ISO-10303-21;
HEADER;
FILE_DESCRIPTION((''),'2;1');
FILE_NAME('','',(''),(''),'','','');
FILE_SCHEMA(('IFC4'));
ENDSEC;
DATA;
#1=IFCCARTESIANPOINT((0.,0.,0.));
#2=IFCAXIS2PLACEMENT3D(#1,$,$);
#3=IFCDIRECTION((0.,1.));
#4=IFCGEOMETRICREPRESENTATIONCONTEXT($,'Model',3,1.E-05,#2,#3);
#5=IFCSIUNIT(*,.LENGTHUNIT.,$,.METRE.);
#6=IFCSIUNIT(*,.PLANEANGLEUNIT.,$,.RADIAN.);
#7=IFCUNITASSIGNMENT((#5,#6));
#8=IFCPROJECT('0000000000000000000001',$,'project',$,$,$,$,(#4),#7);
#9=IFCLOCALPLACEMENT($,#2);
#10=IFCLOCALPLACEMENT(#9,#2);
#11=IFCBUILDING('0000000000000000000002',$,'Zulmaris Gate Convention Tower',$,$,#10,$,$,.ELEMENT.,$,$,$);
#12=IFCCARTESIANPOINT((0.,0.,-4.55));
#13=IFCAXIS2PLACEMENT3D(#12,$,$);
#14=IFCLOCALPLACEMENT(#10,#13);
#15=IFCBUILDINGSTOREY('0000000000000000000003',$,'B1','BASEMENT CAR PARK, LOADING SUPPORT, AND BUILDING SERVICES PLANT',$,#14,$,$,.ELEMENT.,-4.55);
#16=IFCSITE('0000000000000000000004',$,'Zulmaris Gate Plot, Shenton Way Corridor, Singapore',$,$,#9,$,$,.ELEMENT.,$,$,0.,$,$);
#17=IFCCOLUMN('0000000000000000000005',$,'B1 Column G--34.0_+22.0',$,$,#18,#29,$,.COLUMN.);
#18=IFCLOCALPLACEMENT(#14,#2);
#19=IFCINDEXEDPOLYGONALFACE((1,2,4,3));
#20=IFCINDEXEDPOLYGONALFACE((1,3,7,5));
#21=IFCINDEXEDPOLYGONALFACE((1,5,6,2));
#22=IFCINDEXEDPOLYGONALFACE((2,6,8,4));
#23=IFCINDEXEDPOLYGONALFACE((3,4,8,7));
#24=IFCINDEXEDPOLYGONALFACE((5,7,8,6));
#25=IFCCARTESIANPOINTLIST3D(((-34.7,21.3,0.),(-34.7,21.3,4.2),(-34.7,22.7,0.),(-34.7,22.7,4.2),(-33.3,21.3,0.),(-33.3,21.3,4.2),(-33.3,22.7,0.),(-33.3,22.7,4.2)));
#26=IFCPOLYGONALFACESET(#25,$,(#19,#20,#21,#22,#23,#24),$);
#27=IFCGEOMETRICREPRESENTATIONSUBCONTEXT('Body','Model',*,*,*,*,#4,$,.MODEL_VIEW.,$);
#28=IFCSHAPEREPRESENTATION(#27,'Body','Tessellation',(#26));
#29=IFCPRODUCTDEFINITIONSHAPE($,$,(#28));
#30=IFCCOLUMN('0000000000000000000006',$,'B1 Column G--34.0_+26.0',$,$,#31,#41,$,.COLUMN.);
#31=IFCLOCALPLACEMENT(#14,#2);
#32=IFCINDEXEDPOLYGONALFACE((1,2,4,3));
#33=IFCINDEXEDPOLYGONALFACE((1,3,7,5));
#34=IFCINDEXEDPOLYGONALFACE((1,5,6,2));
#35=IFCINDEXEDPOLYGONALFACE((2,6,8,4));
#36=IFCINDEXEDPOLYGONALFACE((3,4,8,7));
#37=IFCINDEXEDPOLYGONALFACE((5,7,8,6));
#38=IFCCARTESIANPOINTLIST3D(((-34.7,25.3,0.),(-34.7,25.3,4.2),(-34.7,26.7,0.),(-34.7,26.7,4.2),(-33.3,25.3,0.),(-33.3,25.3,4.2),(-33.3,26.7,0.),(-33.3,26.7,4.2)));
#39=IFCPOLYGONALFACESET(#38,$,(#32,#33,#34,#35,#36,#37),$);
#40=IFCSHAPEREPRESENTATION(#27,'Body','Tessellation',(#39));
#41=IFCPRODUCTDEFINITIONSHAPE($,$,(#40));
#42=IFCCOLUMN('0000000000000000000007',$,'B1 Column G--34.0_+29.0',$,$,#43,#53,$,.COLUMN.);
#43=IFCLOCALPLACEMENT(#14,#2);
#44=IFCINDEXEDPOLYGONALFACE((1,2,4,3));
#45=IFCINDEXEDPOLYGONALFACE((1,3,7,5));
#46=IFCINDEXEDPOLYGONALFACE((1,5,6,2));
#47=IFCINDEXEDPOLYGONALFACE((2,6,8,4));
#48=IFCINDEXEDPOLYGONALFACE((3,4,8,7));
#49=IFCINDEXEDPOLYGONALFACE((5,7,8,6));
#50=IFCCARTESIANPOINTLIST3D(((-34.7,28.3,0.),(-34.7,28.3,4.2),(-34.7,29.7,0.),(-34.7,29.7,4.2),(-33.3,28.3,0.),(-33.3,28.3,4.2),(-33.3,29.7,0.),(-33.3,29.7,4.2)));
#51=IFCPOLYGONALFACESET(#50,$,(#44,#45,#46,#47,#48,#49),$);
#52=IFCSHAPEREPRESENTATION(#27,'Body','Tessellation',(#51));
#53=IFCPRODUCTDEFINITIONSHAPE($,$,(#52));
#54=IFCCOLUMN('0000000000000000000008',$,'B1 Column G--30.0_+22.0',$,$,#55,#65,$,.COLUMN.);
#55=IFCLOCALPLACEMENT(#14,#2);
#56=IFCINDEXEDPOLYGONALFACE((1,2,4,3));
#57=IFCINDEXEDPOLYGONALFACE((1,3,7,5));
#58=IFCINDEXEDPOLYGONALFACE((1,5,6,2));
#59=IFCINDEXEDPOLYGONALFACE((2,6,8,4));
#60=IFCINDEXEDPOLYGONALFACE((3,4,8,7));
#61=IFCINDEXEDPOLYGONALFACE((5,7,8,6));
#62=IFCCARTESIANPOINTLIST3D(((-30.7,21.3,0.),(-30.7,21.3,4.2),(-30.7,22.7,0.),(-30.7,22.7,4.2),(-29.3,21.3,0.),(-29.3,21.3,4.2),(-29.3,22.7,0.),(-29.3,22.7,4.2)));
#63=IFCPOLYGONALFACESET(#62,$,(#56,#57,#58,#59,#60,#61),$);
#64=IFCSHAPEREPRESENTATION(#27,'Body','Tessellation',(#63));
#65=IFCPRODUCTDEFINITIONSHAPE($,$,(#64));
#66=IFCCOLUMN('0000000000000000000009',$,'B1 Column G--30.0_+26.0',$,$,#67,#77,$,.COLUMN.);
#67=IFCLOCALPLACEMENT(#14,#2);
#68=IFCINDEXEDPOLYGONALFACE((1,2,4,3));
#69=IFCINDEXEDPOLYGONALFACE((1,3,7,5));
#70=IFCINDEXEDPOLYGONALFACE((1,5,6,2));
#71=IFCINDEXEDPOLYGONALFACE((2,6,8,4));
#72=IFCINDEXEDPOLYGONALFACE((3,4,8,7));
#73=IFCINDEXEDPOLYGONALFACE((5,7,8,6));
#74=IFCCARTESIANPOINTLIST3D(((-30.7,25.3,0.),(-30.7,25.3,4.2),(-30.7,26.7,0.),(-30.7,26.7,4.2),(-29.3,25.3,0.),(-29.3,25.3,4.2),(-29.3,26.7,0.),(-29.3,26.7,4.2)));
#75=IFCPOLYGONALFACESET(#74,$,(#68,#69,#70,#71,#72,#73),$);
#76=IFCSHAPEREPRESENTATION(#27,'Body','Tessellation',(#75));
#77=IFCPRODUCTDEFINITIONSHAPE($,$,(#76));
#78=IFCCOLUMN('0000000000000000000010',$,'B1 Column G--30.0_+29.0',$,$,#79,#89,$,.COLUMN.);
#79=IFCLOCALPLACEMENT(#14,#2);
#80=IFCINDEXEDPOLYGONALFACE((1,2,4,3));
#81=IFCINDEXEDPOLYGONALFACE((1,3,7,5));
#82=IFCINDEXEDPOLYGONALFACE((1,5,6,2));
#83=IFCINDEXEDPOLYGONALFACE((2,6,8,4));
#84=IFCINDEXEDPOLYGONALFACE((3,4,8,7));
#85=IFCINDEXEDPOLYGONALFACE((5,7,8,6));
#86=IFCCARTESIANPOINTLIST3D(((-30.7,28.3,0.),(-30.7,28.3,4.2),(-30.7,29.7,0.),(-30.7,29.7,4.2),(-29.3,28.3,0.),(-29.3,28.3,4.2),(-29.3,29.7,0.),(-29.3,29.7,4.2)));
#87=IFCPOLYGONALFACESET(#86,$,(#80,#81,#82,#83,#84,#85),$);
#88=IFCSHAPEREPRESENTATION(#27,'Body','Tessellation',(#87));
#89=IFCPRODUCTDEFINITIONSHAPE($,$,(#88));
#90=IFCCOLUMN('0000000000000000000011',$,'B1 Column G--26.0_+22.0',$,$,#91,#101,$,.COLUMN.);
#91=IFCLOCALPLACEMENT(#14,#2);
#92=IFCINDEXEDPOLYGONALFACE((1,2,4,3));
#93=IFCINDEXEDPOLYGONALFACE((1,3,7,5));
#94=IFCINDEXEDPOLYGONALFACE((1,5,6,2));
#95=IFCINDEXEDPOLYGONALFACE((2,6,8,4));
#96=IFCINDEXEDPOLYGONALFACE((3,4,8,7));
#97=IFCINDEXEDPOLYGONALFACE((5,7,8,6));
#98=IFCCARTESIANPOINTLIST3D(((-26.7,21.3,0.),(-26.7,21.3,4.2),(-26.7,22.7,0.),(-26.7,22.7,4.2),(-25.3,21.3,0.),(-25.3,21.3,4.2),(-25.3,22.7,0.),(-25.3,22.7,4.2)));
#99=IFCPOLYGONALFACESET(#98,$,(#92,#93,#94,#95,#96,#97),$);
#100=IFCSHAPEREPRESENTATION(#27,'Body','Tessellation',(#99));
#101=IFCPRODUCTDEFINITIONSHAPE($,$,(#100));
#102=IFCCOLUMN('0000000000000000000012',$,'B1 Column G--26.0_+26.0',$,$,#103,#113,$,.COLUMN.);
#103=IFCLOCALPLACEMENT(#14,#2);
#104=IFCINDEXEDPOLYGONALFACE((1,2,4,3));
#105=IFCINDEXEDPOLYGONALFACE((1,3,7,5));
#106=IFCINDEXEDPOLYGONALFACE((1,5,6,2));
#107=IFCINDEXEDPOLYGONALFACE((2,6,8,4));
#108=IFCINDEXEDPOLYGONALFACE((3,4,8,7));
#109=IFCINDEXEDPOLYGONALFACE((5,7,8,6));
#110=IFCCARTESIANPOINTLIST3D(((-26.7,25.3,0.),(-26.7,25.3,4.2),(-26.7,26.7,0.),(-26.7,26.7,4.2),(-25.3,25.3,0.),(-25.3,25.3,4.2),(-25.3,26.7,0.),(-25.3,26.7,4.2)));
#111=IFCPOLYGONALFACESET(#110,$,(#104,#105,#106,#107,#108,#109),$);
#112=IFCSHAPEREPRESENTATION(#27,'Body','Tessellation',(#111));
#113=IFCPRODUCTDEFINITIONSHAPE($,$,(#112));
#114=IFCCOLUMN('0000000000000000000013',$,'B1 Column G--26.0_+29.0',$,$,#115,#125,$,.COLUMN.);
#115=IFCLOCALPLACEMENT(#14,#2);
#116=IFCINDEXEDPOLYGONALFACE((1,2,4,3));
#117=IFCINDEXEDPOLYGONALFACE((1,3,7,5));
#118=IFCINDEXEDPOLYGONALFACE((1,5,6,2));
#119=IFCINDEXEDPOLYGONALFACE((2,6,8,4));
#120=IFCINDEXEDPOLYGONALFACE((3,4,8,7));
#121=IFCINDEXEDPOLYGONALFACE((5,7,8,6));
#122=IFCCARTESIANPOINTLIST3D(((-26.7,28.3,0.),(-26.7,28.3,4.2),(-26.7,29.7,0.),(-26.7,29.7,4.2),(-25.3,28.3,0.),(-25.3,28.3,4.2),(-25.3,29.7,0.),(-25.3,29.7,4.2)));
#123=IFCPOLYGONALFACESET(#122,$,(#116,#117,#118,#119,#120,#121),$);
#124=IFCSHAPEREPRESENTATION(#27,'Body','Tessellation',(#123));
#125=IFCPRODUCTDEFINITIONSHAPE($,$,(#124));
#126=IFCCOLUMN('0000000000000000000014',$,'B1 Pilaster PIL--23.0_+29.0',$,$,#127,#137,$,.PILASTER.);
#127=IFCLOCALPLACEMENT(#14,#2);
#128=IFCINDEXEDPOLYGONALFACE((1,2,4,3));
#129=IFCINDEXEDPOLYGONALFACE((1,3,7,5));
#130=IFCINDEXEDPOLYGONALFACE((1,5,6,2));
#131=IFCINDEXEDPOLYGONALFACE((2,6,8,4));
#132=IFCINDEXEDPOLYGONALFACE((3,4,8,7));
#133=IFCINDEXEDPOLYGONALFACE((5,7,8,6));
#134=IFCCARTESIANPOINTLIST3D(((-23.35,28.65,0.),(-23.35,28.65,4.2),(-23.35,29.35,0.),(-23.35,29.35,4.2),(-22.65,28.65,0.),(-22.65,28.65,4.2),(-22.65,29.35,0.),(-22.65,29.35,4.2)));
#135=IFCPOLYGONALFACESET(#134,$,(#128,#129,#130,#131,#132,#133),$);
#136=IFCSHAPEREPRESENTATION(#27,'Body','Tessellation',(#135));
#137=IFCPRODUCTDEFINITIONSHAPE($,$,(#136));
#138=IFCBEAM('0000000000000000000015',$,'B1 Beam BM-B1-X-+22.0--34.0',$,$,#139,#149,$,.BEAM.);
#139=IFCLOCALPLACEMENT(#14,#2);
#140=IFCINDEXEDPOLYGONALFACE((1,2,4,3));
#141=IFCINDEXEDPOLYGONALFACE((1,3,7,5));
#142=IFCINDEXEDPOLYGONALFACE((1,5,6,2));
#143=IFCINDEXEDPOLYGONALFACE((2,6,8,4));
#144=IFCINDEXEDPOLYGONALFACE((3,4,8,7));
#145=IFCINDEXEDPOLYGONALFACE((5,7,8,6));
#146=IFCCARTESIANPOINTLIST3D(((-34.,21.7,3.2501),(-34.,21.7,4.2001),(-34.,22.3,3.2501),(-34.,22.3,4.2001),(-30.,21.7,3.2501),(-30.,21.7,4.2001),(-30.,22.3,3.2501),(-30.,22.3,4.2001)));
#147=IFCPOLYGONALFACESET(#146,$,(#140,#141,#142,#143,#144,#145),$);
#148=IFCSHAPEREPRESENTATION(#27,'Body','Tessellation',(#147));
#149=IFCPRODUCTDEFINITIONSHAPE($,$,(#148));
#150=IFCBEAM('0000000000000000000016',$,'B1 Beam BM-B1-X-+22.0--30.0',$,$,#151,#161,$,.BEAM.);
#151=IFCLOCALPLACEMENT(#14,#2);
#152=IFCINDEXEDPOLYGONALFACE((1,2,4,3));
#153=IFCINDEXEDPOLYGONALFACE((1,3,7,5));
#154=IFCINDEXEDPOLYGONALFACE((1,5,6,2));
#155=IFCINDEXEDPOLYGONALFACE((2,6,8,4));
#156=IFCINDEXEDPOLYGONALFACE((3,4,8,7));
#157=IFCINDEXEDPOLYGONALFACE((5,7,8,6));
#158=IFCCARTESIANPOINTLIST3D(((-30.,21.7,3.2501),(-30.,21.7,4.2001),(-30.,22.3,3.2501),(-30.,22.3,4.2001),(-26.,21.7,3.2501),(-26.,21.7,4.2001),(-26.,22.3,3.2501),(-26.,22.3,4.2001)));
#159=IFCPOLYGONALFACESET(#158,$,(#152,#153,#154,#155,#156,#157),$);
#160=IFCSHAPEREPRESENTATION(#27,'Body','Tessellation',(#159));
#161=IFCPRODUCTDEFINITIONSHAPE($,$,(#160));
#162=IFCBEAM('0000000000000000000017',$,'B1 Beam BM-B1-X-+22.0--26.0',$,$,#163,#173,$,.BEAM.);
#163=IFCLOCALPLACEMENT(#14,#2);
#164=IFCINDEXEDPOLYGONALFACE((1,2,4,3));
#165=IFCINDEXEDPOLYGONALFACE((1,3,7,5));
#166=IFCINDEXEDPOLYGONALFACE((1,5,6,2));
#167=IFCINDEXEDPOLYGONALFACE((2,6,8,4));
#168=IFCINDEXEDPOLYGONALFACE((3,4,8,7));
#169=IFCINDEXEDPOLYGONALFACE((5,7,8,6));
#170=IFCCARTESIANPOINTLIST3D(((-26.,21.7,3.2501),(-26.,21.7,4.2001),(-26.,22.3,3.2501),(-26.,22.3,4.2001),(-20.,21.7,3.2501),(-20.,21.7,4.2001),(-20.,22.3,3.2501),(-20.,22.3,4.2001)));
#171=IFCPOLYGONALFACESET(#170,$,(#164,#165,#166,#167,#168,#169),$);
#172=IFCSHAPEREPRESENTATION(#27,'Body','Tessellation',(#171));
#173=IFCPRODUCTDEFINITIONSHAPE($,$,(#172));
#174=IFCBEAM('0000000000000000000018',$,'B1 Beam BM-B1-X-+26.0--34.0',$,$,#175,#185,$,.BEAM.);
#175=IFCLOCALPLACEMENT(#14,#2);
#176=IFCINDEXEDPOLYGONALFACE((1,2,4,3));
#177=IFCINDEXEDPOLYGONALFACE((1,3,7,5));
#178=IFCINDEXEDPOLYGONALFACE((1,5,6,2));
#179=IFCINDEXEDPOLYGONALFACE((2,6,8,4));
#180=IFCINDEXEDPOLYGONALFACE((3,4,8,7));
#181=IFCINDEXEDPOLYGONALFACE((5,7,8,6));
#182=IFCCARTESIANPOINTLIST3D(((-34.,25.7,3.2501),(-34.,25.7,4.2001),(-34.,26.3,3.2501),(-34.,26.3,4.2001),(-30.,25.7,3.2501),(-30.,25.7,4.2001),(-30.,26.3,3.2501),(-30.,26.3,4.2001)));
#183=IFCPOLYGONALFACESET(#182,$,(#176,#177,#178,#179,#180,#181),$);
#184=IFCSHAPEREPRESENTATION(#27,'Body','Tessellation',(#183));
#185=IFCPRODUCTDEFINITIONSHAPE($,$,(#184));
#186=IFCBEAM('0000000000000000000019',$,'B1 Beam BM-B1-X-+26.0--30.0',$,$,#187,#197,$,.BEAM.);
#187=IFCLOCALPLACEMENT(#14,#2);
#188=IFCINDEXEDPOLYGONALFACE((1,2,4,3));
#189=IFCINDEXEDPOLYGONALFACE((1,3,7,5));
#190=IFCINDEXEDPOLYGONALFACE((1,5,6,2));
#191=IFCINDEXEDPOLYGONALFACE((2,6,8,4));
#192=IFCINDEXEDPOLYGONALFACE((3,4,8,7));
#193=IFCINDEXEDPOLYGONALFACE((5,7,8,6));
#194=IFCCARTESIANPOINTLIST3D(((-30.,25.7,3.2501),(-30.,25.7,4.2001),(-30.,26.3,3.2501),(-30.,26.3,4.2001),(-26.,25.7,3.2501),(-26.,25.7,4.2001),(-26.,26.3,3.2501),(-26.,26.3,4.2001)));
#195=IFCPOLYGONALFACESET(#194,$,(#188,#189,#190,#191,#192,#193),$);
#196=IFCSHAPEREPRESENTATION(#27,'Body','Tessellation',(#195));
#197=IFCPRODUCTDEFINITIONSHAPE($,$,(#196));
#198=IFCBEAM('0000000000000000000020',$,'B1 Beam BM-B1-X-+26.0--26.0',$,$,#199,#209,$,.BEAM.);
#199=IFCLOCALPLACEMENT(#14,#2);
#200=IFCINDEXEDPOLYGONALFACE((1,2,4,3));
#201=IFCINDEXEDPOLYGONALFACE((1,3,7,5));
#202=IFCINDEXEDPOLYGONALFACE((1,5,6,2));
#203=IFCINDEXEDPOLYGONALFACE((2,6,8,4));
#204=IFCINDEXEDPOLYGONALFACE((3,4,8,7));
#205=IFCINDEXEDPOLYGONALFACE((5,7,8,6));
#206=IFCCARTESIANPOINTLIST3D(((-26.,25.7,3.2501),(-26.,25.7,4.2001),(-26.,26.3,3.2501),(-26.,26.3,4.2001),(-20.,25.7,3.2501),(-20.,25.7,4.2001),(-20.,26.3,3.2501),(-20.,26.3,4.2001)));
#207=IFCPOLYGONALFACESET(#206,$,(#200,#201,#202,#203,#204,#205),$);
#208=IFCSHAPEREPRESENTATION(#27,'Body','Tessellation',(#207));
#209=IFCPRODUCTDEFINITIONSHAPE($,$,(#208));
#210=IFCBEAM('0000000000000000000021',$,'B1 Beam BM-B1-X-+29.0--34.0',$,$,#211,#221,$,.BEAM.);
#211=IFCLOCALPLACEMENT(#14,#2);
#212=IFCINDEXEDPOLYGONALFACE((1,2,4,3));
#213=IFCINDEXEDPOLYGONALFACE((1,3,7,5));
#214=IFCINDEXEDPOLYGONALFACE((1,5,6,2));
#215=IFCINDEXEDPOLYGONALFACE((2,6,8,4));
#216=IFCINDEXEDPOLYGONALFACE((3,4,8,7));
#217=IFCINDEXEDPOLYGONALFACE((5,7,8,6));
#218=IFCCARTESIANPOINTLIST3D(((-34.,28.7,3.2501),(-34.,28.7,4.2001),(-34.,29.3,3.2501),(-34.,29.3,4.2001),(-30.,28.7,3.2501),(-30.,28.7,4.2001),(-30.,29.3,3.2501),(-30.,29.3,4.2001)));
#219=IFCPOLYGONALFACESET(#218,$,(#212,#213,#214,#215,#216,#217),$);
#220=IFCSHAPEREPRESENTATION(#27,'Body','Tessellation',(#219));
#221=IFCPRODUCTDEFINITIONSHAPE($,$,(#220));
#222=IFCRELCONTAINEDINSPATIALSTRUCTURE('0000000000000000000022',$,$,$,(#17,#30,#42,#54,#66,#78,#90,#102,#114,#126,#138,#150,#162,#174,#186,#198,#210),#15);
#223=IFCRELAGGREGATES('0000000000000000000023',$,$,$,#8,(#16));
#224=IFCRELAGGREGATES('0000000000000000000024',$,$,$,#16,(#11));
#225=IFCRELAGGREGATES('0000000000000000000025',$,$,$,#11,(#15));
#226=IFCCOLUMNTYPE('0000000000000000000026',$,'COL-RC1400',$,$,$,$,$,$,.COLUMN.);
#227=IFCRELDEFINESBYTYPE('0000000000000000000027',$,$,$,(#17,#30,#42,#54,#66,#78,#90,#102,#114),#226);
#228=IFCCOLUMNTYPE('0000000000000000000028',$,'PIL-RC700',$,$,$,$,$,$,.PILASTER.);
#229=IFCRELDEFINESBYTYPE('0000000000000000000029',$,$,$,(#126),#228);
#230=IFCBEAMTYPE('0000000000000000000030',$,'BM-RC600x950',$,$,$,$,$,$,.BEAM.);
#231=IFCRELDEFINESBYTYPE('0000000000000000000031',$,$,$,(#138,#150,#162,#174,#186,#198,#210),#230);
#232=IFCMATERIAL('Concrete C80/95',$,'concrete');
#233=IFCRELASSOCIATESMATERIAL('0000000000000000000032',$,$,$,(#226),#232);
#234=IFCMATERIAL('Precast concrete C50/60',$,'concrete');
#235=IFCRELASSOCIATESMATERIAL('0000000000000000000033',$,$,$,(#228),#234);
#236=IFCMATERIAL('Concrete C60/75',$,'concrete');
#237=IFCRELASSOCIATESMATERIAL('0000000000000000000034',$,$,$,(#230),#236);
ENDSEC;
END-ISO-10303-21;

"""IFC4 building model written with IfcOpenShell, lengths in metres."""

from ifc_helpers import new_model, si_unit, direction, frame, origin, origin_2d, place, context, subcontext, project, spatial, rectangle, extrude, material, material_profile, profile_set, type_object, element, save


model = new_model("IFC4")

# Units and contexts
model_context = context("Model", 3, precision=1e-05, world=origin(), true_north=direction((0.0, 1.0)))
body_context = subcontext(model_context, "Body", "Model", "MODEL_VIEW")
ifc_project = project(units=[si_unit("LENGTHUNIT", "METRE"), si_unit("PLANEANGLEUNIT", "RADIAN")], contexts=[model_context])

# Site, building, storey
site_placement = place(None, origin())
site = spatial("IfcSite", under=ifc_project, at=site_placement, Name="Zulmaris Gate Plot, Shenton Way Corridor, Singapore", CompositionType="ELEMENT", RefElevation=0.0)
building_placement = place(site_placement, origin())
building = spatial("IfcBuilding", under=site, at=building_placement, Name="Zulmaris Gate Convention Tower", CompositionType="ELEMENT")
storey_placement = place(building_placement, frame((0.0, 0.0, -4.55)))
storey = spatial("IfcBuildingStorey", under=building, at=storey_placement, Name="B1", Description="BASEMENT CAR PARK, LOADING SUPPORT, AND BUILDING SERVICES PLANT", CompositionType="ELEMENT", Elevation=-4.55)

# Columns
ifc_material_1 = material(Name="Concrete C80/95", Category="concrete")
ifc_material_profile_1 = material_profile(ifc_material_1, rectangle(XDim=1.3999, YDim=1.3999, at=origin_2d()), Name="RC COL 1400x1400")
ifc_profile_set_1 = profile_set([ifc_material_profile_1], Name="Concrete C80/95")
column_type_1 = type_object("IfcColumnType", Name="COL-RC1400", PredefinedType="COLUMN", material=ifc_profile_set_1)
for number, where, z_axis, x_axis, name in (
    (1, (-34.0, 22.0, 0.0), (0.0, 0.0, 1.0), (1.0, 0.0, 0.0), "B1 Column G--34.0_+22.0"),
    (2, (-34.0, 26.0, 0.0), (0.0, 0.0, 1.0), (1.0, 0.0, 0.0), "B1 Column G--34.0_+26.0"),
    (3, (-34.0, 29.0, 0.0), (0.0, 0.0, 1.0), (1.0, 0.0, 0.0), "B1 Column G--34.0_+29.0"),
    (4, (-30.0, 22.0, 0.0), (0.0, 0.0, 1.0), (1.0, 0.0, 0.0), "B1 Column G--30.0_+22.0"),
    (5, (-30.0, 26.0, 0.0), (0.0, 0.0, 1.0), (1.0, 0.0, 0.0), "B1 Column G--30.0_+26.0"),
    (6, (-30.0, 29.0, 0.0), (0.0, 0.0, 1.0), (1.0, 0.0, 0.0), "B1 Column G--30.0_+29.0"),
    (7, (-26.0, 22.0, 0.0), (0.0, 0.0, 1.0), (1.0, 0.0, 0.0), "B1 Column G--26.0_+22.0"),
    (8, (-26.0, 26.0, 0.0), (0.0, 0.0, 1.0), (1.0, 0.0, 0.0), "B1 Column G--26.0_+26.0"),
    (9, (-26.0, 29.0, 0.0), (0.0, 0.0, 1.0), (1.0, 0.0, 0.0), "B1 Column G--26.0_+29.0"),
):
    element("IfcColumn", number, at=place(storey_placement, frame(where, z_axis=z_axis, x_axis=x_axis)), inside=storey, type_object=column_type_1, Name=name, PredefinedType="COLUMN", context=body_context, shape_type="SweptSolid", body=[
        extrude(rectangle(XDim=1.3999, YDim=1.3999, at=origin_2d()), origin(), (0.0, 0.0, 1.0), 4.2),
    ])
ifc_material_2 = material(Name="Precast concrete C50/60", Category="concrete")
ifc_material_profile_2 = material_profile(ifc_material_2, rectangle(XDim=0.7, YDim=0.7, at=origin_2d()), Name="RC COL 700x700")
ifc_profile_set_2 = profile_set([ifc_material_profile_2], Name="Precast concrete C50/60")
column_type_2 = type_object("IfcColumnType", Name="PIL-RC700", PredefinedType="PILASTER", material=ifc_profile_set_2)
column_placement = place(storey_placement, frame((-23.0, 29.0, 0.0), z_axis=(0.0, 0.0, 1.0), x_axis=(1.0, 0.0, 0.0)))
element("IfcColumn", 10, at=column_placement, inside=storey, type_object=column_type_2, Name="B1 Pilaster PIL--23.0_+29.0", PredefinedType="PILASTER", context=body_context, shape_type="SweptSolid", body=[
    extrude(rectangle(XDim=0.7, YDim=0.7, at=origin_2d()), origin(), (0.0, 0.0, 1.0), 4.2),
])

# Beams
ifc_material_3 = material(Name="Concrete C60/75", Category="concrete")
ifc_material_profile_3 = material_profile(ifc_material_3, rectangle(XDim=0.6001, YDim=0.95, at=origin_2d()), Name="RC BEAM 600x950")
ifc_profile_set_3 = profile_set([ifc_material_profile_3], Name="Concrete C60/75")
beam_type = type_object("IfcBeamType", Name="BM-RC600x950", PredefinedType="BEAM", material=ifc_profile_set_3)
for number, where, z_axis, x_axis, name in (
    (11, (-34.0, 22.0, 3.7251), (1.0, 0.0, 0.0), (0.0, 1.0, 0.0), "B1 Beam BM-B1-X-+22.0--34.0"),
    (12, (-30.0, 22.0, 3.7251), (1.0, 0.0, 0.0), (0.0, 1.0, 0.0), "B1 Beam BM-B1-X-+22.0--30.0"),
):
    element("IfcBeam", number, at=place(storey_placement, frame(where, z_axis=z_axis, x_axis=x_axis)), inside=storey, type_object=beam_type, Name=name, PredefinedType="BEAM", context=body_context, shape_type="SweptSolid", body=[
        extrude(rectangle(XDim=0.6001, YDim=0.95, at=origin_2d()), origin(), (0.0, 0.0, 1.0), 4.0),
    ])
beam_1_placement = place(storey_placement, frame((-26.0, 22.0, 3.7251), z_axis=(1.0, 0.0, 0.0), x_axis=(0.0, 1.0, 0.0)))
element("IfcBeam", 13, at=beam_1_placement, inside=storey, type_object=beam_type, Name="B1 Beam BM-B1-X-+22.0--26.0", PredefinedType="BEAM", context=body_context, shape_type="SweptSolid", body=[
    extrude(rectangle(XDim=0.6001, YDim=0.95, at=origin_2d()), origin(), (0.0, 0.0, 1.0), 6.0),
])
for number, where, z_axis, x_axis, name in (
    (14, (-34.0, 26.0, 3.7251), (1.0, 0.0, 0.0), (0.0, 1.0, 0.0), "B1 Beam BM-B1-X-+26.0--34.0"),
    (15, (-30.0, 26.0, 3.7251), (1.0, 0.0, 0.0), (0.0, 1.0, 0.0), "B1 Beam BM-B1-X-+26.0--30.0"),
):
    element("IfcBeam", number, at=place(storey_placement, frame(where, z_axis=z_axis, x_axis=x_axis)), inside=storey, type_object=beam_type, Name=name, PredefinedType="BEAM", context=body_context, shape_type="SweptSolid", body=[
        extrude(rectangle(XDim=0.6001, YDim=0.95, at=origin_2d()), origin(), (0.0, 0.0, 1.0), 4.0),
    ])
beam_2_placement = place(storey_placement, frame((-26.0, 26.0, 3.7251), z_axis=(1.0, 0.0, 0.0), x_axis=(0.0, 1.0, 0.0)))
element("IfcBeam", 16, at=beam_2_placement, inside=storey, type_object=beam_type, Name="B1 Beam BM-B1-X-+26.0--26.0", PredefinedType="BEAM", context=body_context, shape_type="SweptSolid", body=[
    extrude(rectangle(XDim=0.6001, YDim=0.95, at=origin_2d()), origin(), (0.0, 0.0, 1.0), 6.0),
])
for number, where, z_axis, x_axis, name in (
    (17, (-34.0, 29.0, 3.7251), (1.0, 0.0, 0.0), (0.0, 1.0, 0.0), "B1 Beam BM-B1-X-+29.0--34.0"),
):
    element("IfcBeam", number, at=place(storey_placement, frame(where, z_axis=z_axis, x_axis=x_axis)), inside=storey, type_object=beam_type, Name=name, PredefinedType="BEAM", context=body_context, shape_type="SweptSolid", body=[
        extrude(rectangle(XDim=0.6001, YDim=0.95, at=origin_2d()), origin(), (0.0, 0.0, 1.0), 4.0),
    ])

save(model, "model.ifc")
